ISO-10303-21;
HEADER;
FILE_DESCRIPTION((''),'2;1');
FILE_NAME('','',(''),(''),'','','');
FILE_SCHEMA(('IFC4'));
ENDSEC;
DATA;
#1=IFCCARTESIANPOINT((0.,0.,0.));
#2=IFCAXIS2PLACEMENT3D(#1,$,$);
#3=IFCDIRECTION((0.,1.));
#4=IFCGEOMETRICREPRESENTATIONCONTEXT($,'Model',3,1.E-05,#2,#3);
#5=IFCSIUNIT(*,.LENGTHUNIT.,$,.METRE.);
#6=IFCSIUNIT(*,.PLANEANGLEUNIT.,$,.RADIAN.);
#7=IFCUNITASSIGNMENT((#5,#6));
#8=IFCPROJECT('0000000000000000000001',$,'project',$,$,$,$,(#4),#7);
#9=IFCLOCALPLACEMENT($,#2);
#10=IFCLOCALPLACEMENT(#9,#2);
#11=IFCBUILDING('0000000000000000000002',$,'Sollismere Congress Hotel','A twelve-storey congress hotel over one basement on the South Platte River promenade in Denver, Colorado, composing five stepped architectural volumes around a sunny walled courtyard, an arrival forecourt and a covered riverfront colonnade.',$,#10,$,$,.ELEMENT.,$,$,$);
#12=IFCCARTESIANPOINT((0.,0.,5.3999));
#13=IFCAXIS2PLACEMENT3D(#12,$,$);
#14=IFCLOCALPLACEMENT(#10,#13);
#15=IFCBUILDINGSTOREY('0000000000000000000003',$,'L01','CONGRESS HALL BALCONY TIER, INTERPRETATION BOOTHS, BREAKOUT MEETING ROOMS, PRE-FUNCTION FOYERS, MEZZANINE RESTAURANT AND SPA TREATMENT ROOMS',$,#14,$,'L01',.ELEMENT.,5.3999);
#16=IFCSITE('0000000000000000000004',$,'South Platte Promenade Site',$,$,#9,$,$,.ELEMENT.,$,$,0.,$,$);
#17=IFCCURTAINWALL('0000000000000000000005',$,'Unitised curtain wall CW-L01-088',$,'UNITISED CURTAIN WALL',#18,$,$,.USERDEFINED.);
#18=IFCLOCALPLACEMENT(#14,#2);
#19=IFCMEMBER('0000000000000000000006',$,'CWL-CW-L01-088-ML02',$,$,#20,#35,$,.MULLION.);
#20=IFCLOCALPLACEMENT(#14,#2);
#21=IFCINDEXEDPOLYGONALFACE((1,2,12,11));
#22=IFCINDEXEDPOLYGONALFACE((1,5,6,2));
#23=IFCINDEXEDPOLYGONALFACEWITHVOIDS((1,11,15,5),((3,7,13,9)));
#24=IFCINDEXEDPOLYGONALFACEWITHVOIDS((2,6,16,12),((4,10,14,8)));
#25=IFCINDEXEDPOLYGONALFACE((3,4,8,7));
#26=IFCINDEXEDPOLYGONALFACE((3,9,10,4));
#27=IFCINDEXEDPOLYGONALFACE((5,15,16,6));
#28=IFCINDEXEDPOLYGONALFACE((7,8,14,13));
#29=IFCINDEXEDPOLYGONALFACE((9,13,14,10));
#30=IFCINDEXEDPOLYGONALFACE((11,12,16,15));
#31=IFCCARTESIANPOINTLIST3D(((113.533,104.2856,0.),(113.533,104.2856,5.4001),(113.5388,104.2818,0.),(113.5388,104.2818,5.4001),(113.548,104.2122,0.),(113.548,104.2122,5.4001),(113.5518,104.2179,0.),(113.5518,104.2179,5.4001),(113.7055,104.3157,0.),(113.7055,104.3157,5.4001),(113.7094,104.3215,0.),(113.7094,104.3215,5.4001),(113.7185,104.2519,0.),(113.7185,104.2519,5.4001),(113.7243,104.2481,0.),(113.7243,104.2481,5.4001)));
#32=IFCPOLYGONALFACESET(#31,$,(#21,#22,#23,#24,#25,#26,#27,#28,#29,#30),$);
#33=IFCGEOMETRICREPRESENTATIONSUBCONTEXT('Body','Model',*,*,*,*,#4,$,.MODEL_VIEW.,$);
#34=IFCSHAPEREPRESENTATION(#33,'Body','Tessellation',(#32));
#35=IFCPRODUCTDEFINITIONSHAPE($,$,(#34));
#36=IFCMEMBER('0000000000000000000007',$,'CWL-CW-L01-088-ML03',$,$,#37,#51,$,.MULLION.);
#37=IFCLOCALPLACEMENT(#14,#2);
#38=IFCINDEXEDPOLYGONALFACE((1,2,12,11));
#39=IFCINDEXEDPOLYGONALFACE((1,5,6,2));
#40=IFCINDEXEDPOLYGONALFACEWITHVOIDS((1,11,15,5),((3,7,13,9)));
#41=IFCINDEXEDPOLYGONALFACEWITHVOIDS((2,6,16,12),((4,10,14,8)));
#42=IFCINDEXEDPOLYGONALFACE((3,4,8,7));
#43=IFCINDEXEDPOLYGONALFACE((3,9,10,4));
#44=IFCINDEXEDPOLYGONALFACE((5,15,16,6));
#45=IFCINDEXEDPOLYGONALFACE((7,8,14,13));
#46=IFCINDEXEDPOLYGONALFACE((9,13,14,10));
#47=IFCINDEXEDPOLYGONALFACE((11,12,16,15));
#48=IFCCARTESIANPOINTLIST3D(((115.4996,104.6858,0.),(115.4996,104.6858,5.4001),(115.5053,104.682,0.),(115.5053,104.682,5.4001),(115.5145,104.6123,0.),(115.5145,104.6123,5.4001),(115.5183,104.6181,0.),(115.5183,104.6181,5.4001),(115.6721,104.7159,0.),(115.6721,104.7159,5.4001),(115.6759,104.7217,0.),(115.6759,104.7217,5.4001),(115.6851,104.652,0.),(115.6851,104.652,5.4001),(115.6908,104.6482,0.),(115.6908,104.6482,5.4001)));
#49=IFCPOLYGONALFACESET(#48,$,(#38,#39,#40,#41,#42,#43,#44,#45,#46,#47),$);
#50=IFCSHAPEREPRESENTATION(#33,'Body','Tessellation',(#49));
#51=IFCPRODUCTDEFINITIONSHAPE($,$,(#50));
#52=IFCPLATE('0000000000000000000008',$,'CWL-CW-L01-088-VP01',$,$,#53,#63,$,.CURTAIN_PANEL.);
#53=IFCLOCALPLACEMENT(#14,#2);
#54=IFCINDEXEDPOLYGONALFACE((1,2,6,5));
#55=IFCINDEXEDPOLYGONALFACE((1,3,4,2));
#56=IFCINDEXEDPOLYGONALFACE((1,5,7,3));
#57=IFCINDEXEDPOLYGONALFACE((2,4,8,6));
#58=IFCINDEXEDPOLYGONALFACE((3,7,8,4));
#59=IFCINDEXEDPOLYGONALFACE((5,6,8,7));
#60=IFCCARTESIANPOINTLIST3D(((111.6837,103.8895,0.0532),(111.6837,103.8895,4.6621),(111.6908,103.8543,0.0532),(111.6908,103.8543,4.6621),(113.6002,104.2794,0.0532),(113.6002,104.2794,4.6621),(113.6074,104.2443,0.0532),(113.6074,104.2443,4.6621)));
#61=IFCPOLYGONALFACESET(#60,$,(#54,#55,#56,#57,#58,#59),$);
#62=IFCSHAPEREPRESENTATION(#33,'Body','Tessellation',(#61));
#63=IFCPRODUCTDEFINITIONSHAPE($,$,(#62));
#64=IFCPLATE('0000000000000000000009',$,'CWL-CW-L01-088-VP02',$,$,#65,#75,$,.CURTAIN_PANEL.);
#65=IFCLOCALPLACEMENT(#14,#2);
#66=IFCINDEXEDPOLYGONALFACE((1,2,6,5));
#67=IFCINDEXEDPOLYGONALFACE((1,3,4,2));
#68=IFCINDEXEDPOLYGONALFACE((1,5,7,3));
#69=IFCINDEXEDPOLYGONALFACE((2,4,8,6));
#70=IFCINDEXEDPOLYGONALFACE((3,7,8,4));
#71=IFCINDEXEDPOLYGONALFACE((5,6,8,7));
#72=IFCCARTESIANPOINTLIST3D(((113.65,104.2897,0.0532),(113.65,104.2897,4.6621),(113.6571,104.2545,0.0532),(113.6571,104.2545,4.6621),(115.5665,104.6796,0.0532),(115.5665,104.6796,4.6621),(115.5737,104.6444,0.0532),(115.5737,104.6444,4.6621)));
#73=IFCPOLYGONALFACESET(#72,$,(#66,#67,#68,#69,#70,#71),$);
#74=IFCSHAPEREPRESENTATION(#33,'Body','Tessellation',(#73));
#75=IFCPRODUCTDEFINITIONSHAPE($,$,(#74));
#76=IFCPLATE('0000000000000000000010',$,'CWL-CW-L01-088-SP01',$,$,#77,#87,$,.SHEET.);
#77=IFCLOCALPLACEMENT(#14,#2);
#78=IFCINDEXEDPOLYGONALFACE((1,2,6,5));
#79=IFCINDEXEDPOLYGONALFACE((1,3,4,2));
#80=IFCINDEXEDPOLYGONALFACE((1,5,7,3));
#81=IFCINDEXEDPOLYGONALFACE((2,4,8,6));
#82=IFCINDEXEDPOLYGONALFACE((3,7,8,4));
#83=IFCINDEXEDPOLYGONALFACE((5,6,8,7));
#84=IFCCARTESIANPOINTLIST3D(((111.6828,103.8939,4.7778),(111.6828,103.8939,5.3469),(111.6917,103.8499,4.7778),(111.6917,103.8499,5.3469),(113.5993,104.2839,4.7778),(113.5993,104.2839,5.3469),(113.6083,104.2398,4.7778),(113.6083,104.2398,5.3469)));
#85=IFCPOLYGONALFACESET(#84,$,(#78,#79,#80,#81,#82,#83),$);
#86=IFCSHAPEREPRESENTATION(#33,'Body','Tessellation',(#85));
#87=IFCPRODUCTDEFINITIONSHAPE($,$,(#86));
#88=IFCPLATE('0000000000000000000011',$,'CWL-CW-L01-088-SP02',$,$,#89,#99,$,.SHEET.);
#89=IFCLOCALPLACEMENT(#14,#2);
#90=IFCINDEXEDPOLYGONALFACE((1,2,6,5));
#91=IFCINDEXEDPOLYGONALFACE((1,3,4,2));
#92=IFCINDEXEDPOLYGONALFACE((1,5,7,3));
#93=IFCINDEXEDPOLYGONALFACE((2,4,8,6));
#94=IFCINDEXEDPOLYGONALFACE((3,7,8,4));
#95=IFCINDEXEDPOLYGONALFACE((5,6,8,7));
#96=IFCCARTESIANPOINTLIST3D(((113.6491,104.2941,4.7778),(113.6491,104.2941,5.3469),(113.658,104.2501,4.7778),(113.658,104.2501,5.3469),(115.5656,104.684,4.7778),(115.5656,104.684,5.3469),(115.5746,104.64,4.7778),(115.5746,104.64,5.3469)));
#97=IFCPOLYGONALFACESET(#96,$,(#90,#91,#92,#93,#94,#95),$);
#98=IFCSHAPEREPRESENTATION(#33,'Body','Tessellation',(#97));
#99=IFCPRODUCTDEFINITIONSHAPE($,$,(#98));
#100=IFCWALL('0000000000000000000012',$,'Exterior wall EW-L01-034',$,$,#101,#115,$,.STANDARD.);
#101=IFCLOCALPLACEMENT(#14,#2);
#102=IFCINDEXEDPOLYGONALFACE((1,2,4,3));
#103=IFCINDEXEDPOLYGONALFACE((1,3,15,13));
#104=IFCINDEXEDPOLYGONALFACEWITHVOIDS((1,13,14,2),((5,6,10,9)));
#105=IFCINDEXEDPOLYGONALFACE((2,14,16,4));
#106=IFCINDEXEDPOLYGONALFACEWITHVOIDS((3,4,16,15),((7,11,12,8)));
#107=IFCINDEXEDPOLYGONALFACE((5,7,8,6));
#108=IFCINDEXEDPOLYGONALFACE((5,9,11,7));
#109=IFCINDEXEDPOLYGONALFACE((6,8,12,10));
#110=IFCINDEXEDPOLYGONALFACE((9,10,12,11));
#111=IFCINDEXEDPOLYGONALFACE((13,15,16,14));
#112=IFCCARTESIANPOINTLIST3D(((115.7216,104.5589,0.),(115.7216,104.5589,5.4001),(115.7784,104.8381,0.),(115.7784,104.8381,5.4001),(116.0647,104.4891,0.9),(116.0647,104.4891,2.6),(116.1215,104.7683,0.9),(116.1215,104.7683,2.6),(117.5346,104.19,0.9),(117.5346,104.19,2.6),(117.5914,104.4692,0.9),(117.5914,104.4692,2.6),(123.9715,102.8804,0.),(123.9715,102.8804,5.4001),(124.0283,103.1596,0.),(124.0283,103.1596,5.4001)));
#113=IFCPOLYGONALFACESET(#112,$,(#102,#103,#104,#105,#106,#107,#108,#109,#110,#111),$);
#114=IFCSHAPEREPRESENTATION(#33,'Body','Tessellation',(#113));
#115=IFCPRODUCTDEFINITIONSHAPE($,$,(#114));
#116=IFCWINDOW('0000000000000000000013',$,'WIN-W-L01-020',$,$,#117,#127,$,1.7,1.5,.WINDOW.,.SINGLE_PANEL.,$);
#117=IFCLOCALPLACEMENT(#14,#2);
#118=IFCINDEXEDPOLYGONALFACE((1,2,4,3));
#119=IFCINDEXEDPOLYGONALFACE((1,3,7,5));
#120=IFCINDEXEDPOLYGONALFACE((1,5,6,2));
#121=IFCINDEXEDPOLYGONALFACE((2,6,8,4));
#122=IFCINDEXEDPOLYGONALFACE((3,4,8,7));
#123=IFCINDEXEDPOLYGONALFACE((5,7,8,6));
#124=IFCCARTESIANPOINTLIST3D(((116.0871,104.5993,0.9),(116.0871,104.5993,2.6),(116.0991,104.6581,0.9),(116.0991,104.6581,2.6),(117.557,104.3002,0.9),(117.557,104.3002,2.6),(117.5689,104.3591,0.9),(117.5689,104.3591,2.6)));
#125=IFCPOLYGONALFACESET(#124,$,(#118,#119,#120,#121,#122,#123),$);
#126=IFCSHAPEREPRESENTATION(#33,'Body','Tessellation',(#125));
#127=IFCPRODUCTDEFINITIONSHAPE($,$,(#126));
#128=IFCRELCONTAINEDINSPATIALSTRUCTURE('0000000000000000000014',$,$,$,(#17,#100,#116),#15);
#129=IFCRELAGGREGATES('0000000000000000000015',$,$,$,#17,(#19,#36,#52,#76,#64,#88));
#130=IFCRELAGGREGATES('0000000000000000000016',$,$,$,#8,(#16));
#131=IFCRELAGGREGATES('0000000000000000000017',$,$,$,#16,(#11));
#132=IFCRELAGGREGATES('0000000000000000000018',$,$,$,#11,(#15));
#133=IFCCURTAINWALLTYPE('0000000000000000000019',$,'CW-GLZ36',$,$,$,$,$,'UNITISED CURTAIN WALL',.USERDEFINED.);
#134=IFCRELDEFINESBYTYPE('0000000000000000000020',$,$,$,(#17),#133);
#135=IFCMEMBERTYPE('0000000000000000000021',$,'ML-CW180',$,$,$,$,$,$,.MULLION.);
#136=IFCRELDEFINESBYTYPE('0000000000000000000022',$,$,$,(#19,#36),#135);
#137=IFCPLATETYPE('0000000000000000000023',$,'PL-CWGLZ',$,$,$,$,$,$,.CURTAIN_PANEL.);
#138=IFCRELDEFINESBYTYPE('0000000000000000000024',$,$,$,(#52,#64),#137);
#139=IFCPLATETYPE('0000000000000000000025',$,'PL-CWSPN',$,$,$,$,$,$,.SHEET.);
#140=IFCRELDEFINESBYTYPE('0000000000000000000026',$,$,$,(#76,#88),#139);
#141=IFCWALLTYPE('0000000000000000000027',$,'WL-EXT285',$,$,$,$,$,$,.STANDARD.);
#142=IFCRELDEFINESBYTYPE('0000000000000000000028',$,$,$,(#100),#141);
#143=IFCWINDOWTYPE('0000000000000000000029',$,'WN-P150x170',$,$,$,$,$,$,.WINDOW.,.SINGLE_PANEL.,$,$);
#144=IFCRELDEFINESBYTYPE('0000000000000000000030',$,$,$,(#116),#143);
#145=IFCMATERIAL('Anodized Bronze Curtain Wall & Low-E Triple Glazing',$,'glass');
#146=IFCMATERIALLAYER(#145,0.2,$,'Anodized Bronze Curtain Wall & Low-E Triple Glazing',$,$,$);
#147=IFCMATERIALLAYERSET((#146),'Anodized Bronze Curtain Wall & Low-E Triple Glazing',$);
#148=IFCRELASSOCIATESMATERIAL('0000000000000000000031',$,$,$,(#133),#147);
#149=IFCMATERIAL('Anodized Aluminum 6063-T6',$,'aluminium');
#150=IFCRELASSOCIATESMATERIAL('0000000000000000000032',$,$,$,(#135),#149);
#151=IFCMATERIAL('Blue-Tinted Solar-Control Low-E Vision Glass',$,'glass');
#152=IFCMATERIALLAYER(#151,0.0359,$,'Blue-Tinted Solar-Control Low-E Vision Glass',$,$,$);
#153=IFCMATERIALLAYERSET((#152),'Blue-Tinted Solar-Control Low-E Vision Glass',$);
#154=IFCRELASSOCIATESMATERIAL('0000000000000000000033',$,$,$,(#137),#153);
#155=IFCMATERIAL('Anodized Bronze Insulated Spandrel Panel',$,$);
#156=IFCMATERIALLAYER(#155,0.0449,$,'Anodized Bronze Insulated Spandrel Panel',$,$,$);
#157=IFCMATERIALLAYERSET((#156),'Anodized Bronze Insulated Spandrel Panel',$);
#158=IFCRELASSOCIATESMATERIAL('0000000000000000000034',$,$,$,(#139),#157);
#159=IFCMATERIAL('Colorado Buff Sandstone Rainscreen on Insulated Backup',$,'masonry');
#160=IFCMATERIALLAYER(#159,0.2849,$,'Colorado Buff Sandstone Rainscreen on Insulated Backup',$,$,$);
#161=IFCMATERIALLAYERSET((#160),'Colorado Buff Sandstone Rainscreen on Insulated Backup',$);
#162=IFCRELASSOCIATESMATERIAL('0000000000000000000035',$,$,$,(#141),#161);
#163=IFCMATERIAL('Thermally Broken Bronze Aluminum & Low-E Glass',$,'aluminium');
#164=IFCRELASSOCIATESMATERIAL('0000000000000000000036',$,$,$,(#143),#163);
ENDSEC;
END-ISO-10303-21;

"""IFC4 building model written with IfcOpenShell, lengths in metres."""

from ifc_helpers import new_model, si_unit, direction, frame, frame_2d, origin, origin_2d, place, context, subcontext, project, spatial, rectangle, hollow_rectangle, extrude, material, layer, layer_set, material_profile, profile_set, type_object, element, fill, aggregate, save


model = new_model("IFC4")

# Units and contexts
model_context = context("Model", 3, precision=1e-05, world=origin(), true_north=direction((0.0, 1.0)))
body_context = subcontext(model_context, "Body", "Model", "MODEL_VIEW")
ifc_project = project(units=[si_unit("LENGTHUNIT", "METRE"), si_unit("PLANEANGLEUNIT", "RADIAN")], contexts=[model_context])

# Site, building, storey
site_placement = place(None, origin())
site = spatial("IfcSite", under=ifc_project, at=site_placement, Name="South Platte Promenade Site", CompositionType="ELEMENT", RefElevation=0.0)
building_placement = place(site_placement, origin())
building = spatial("IfcBuilding", under=site, at=building_placement, Name="Sollismere Congress Hotel", Description="A twelve-storey congress hotel over one basement on the South Platte River promenade in Denver, Colorado, composing five stepped architectural volumes around a sunny walled courtyard, an arrival forecourt and a covered riverfront colonnade.", CompositionType="ELEMENT")
storey_placement = place(building_placement, frame((0.0, 0.0, 5.3999)))
storey = spatial("IfcBuildingStorey", under=building, at=storey_placement, Name="L01", Description="CONGRESS HALL BALCONY TIER, INTERPRETATION BOOTHS, BREAKOUT MEETING ROOMS, PRE-FUNCTION FOYERS, MEZZANINE RESTAURANT AND SPA TREATMENT ROOMS", LongName="L01", CompositionType="ELEMENT", Elevation=5.3999)

# Curtain wall, members, plates
ifc_material_1 = material(Name="Anodized Bronze Curtain Wall & Low-E Triple Glazing", Category="glass")
ifc_layer_1 = layer(ifc_material_1, 0.2, Name="Anodized Bronze Curtain Wall & Low-E Triple Glazing")
ifc_layer_set_1 = layer_set([ifc_layer_1], Name="Anodized Bronze Curtain Wall & Low-E Triple Glazing")
curtain_wall_type = type_object("IfcCurtainWallType", Name="CW-GLZ36", ElementType="UNITISED CURTAIN WALL", PredefinedType="USERDEFINED", material=ifc_layer_set_1)
curtain_wall_placement = place(storey_placement, origin())
curtain_wall = element("IfcCurtainWall", 1, at=curtain_wall_placement, inside=storey, type_object=curtain_wall_type, Name="Unitised curtain wall CW-L01-088", ObjectType="UNITISED CURTAIN WALL", PredefinedType="USERDEFINED")
ifc_material_2 = material(Name="Anodized Aluminum 6063-T6", Category="aluminium")
ifc_material_profile_1 = material_profile(ifc_material_2, hollow_rectangle(XDim=0.075, YDim=0.1799, WallThickness=0.0049, at=origin_2d()), Name="ALU180X75X5")
ifc_profile_set_1 = profile_set([ifc_material_profile_1], Name="Anodized Aluminum 6063-T6")
member_type = type_object("IfcMemberType", Name="ML-CW180", PredefinedType="MULLION", material=ifc_profile_set_1)
member_1_placement = place(storey_placement, frame((113.6287, 104.2668, 0.0), z_axis=(0.0, 0.0, 1.0), x_axis=(-0.199368, 0.979925, 0.0)))
member_1 = element("IfcMember", 2, at=member_1_placement, type_object=member_type, Name="CWL-CW-L01-088-ML02", PredefinedType="MULLION", context=body_context, shape_type="SweptSolid", body=[
    extrude(hollow_rectangle(XDim=0.075, YDim=0.1799, WallThickness=0.0049, at=origin_2d()), origin(), (0.0, 0.0, 1.0), 5.4001),
])
member_2_placement = place(storey_placement, frame((115.5952, 104.667, 0.0), z_axis=(0.0, 0.0, 1.0), x_axis=(-0.199368, 0.979925, 0.0)))
member_2 = element("IfcMember", 3, at=member_2_placement, type_object=member_type, Name="CWL-CW-L01-088-ML03", PredefinedType="MULLION", context=body_context, shape_type="SweptSolid", body=[
    extrude(hollow_rectangle(XDim=0.075, YDim=0.1799, WallThickness=0.0049, at=origin_2d()), origin(), (0.0, 0.0, 1.0), 5.4001),
])
ifc_material_3 = material(Name="Blue-Tinted Solar-Control Low-E Vision Glass", Category="glass")
ifc_layer_2 = layer(ifc_material_3, 0.0359, Name="Blue-Tinted Solar-Control Low-E Vision Glass")
ifc_layer_set_2 = layer_set([ifc_layer_2], Name="Blue-Tinted Solar-Control Low-E Vision Glass")
plate_type_1 = type_object("IfcPlateType", Name="PL-CWGLZ", PredefinedType="CURTAIN_PANEL", material=ifc_layer_set_2)
plate_1_placement = place(storey_placement, frame((112.6455, 104.0669, 0.0532), z_axis=(0.0, 0.0, 1.0), x_axis=(0.979925, 0.199368, 0.0)))
plate_1 = element("IfcPlate", 4, at=plate_1_placement, type_object=plate_type_1, Name="CWL-CW-L01-088-VP01", PredefinedType="CURTAIN_PANEL", context=body_context, shape_type="SweptSolid", body=[
    extrude(rectangle(XDim=1.9558, YDim=0.0359, at=origin_2d()), origin(), (0.0, 0.0, 1.0), 4.6089),
])
plate_2_placement = place(storey_placement, frame((114.6118, 104.467, 0.0532), z_axis=(0.0, 0.0, 1.0), x_axis=(0.979925, 0.199368, 0.0)))
plate_2 = element("IfcPlate", 5, at=plate_2_placement, type_object=plate_type_1, Name="CWL-CW-L01-088-VP02", PredefinedType="CURTAIN_PANEL", context=body_context, shape_type="SweptSolid", body=[
    extrude(rectangle(XDim=1.9558, YDim=0.0359, at=origin_2d()), origin(), (0.0, 0.0, 1.0), 4.6089),
])
ifc_material_4 = material(Name="Anodized Bronze Insulated Spandrel Panel")
ifc_layer_3 = layer(ifc_material_4, 0.0449, Name="Anodized Bronze Insulated Spandrel Panel")
ifc_layer_set_3 = layer_set([ifc_layer_3], Name="Anodized Bronze Insulated Spandrel Panel")
plate_type_2 = type_object("IfcPlateType", Name="PL-CWSPN", PredefinedType="SHEET", material=ifc_layer_set_3)
plate_3_placement = place(storey_placement, frame((112.6455, 104.0669, 4.7778), z_axis=(0.0, 0.0, 1.0), x_axis=(0.979925, 0.199368, 0.0)))
plate_3 = element("IfcPlate", 6, at=plate_3_placement, type_object=plate_type_2, Name="CWL-CW-L01-088-SP01", PredefinedType="SHEET", context=body_context, shape_type="SweptSolid", body=[
    extrude(rectangle(XDim=1.9558, YDim=0.0449, at=origin_2d()), origin(), (0.0, 0.0, 1.0), 0.5691),
])
plate_4_placement = place(storey_placement, frame((114.6118, 104.467, 4.7778), z_axis=(0.0, 0.0, 1.0), x_axis=(0.979925, 0.199368, 0.0)))
plate_4 = element("IfcPlate", 7, at=plate_4_placement, type_object=plate_type_2, Name="CWL-CW-L01-088-SP02", PredefinedType="SHEET", context=body_context, shape_type="SweptSolid", body=[
    extrude(rectangle(XDim=1.9558, YDim=0.0449, at=origin_2d()), origin(), (0.0, 0.0, 1.0), 0.5691),
])
aggregate(curtain_wall, [member_1, member_2, plate_1, plate_3, plate_2, plate_4])

# Wall, opening, window
ifc_material_5 = material(Name="Colorado Buff Sandstone Rainscreen on Insulated Backup", Category="masonry")
ifc_layer_4 = layer(ifc_material_5, 0.2849, Name="Colorado Buff Sandstone Rainscreen on Insulated Backup")
ifc_layer_set_4 = layer_set([ifc_layer_4], Name="Colorado Buff Sandstone Rainscreen on Insulated Backup")
wall_type = type_object("IfcWallType", Name="WL-EXT285", PredefinedType="STANDARD", material=ifc_layer_set_4)
wall_placement = place(storey_placement, frame((115.75, 104.6985, 0.0), z_axis=(0.0, 0.0, 1.0), x_axis=(0.979925, -0.199366, 0.0)))
wall = element("IfcWall", 8, at=wall_placement, inside=storey, type_object=wall_type, Name="Exterior wall EW-L01-034", PredefinedType="STANDARD", context=body_context, shape_type="SweptSolid", body=[
    extrude(rectangle(XDim=8.4189, YDim=0.2849, at=frame_2d((4.2095, 0.0))), origin(), (0.0, 0.0, 1.0), 5.4001),
])
opening_placement = place(wall_placement, frame((0.3501, 0.0, 0.8999)))
opening = element("IfcOpeningElement", 9, at=opening_placement, cuts=wall, PredefinedType="OPENING", context=body_context, shape_type="SweptSolid", body=[
    extrude(rectangle(XDim=1.5, YDim=1.7, at=frame_2d((0.75, 0.8501))), frame((0.0, 0.1523, 0.0), z_axis=(0.0, -1.0, 0.0), x_axis=(1.0, 0.0, 0.0)), (0.0, 0.0, 1.0), 0.3049),
])
ifc_material_6 = material(Name="Thermally Broken Bronze Aluminum & Low-E Glass", Category="aluminium")
window_type = type_object("IfcWindowType", Name="WN-P150x170", PartitioningType="SINGLE_PANEL", PredefinedType="WINDOW", material=ifc_material_6)
window_placement = place(opening_placement, origin())
window = element("IfcWindow", 10, at=window_placement, inside=storey, type_object=window_type, Name="WIN-W-L01-020", OverallHeight=1.7, OverallWidth=1.5, PartitioningType="SINGLE_PANEL", PredefinedType="WINDOW", context=body_context, shape_type="SweptSolid", body=[
    extrude(rectangle(XDim=1.5, YDim=1.7, at=frame_2d((0.75, 0.8501))), frame((0.0, 0.03, 0.0), z_axis=(0.0, -1.0, 0.0), x_axis=(1.0, 0.0, 0.0)), (0.0, 0.0, 1.0), 0.0601),
])
fill(opening, window)

save(model, "model.ifc")
